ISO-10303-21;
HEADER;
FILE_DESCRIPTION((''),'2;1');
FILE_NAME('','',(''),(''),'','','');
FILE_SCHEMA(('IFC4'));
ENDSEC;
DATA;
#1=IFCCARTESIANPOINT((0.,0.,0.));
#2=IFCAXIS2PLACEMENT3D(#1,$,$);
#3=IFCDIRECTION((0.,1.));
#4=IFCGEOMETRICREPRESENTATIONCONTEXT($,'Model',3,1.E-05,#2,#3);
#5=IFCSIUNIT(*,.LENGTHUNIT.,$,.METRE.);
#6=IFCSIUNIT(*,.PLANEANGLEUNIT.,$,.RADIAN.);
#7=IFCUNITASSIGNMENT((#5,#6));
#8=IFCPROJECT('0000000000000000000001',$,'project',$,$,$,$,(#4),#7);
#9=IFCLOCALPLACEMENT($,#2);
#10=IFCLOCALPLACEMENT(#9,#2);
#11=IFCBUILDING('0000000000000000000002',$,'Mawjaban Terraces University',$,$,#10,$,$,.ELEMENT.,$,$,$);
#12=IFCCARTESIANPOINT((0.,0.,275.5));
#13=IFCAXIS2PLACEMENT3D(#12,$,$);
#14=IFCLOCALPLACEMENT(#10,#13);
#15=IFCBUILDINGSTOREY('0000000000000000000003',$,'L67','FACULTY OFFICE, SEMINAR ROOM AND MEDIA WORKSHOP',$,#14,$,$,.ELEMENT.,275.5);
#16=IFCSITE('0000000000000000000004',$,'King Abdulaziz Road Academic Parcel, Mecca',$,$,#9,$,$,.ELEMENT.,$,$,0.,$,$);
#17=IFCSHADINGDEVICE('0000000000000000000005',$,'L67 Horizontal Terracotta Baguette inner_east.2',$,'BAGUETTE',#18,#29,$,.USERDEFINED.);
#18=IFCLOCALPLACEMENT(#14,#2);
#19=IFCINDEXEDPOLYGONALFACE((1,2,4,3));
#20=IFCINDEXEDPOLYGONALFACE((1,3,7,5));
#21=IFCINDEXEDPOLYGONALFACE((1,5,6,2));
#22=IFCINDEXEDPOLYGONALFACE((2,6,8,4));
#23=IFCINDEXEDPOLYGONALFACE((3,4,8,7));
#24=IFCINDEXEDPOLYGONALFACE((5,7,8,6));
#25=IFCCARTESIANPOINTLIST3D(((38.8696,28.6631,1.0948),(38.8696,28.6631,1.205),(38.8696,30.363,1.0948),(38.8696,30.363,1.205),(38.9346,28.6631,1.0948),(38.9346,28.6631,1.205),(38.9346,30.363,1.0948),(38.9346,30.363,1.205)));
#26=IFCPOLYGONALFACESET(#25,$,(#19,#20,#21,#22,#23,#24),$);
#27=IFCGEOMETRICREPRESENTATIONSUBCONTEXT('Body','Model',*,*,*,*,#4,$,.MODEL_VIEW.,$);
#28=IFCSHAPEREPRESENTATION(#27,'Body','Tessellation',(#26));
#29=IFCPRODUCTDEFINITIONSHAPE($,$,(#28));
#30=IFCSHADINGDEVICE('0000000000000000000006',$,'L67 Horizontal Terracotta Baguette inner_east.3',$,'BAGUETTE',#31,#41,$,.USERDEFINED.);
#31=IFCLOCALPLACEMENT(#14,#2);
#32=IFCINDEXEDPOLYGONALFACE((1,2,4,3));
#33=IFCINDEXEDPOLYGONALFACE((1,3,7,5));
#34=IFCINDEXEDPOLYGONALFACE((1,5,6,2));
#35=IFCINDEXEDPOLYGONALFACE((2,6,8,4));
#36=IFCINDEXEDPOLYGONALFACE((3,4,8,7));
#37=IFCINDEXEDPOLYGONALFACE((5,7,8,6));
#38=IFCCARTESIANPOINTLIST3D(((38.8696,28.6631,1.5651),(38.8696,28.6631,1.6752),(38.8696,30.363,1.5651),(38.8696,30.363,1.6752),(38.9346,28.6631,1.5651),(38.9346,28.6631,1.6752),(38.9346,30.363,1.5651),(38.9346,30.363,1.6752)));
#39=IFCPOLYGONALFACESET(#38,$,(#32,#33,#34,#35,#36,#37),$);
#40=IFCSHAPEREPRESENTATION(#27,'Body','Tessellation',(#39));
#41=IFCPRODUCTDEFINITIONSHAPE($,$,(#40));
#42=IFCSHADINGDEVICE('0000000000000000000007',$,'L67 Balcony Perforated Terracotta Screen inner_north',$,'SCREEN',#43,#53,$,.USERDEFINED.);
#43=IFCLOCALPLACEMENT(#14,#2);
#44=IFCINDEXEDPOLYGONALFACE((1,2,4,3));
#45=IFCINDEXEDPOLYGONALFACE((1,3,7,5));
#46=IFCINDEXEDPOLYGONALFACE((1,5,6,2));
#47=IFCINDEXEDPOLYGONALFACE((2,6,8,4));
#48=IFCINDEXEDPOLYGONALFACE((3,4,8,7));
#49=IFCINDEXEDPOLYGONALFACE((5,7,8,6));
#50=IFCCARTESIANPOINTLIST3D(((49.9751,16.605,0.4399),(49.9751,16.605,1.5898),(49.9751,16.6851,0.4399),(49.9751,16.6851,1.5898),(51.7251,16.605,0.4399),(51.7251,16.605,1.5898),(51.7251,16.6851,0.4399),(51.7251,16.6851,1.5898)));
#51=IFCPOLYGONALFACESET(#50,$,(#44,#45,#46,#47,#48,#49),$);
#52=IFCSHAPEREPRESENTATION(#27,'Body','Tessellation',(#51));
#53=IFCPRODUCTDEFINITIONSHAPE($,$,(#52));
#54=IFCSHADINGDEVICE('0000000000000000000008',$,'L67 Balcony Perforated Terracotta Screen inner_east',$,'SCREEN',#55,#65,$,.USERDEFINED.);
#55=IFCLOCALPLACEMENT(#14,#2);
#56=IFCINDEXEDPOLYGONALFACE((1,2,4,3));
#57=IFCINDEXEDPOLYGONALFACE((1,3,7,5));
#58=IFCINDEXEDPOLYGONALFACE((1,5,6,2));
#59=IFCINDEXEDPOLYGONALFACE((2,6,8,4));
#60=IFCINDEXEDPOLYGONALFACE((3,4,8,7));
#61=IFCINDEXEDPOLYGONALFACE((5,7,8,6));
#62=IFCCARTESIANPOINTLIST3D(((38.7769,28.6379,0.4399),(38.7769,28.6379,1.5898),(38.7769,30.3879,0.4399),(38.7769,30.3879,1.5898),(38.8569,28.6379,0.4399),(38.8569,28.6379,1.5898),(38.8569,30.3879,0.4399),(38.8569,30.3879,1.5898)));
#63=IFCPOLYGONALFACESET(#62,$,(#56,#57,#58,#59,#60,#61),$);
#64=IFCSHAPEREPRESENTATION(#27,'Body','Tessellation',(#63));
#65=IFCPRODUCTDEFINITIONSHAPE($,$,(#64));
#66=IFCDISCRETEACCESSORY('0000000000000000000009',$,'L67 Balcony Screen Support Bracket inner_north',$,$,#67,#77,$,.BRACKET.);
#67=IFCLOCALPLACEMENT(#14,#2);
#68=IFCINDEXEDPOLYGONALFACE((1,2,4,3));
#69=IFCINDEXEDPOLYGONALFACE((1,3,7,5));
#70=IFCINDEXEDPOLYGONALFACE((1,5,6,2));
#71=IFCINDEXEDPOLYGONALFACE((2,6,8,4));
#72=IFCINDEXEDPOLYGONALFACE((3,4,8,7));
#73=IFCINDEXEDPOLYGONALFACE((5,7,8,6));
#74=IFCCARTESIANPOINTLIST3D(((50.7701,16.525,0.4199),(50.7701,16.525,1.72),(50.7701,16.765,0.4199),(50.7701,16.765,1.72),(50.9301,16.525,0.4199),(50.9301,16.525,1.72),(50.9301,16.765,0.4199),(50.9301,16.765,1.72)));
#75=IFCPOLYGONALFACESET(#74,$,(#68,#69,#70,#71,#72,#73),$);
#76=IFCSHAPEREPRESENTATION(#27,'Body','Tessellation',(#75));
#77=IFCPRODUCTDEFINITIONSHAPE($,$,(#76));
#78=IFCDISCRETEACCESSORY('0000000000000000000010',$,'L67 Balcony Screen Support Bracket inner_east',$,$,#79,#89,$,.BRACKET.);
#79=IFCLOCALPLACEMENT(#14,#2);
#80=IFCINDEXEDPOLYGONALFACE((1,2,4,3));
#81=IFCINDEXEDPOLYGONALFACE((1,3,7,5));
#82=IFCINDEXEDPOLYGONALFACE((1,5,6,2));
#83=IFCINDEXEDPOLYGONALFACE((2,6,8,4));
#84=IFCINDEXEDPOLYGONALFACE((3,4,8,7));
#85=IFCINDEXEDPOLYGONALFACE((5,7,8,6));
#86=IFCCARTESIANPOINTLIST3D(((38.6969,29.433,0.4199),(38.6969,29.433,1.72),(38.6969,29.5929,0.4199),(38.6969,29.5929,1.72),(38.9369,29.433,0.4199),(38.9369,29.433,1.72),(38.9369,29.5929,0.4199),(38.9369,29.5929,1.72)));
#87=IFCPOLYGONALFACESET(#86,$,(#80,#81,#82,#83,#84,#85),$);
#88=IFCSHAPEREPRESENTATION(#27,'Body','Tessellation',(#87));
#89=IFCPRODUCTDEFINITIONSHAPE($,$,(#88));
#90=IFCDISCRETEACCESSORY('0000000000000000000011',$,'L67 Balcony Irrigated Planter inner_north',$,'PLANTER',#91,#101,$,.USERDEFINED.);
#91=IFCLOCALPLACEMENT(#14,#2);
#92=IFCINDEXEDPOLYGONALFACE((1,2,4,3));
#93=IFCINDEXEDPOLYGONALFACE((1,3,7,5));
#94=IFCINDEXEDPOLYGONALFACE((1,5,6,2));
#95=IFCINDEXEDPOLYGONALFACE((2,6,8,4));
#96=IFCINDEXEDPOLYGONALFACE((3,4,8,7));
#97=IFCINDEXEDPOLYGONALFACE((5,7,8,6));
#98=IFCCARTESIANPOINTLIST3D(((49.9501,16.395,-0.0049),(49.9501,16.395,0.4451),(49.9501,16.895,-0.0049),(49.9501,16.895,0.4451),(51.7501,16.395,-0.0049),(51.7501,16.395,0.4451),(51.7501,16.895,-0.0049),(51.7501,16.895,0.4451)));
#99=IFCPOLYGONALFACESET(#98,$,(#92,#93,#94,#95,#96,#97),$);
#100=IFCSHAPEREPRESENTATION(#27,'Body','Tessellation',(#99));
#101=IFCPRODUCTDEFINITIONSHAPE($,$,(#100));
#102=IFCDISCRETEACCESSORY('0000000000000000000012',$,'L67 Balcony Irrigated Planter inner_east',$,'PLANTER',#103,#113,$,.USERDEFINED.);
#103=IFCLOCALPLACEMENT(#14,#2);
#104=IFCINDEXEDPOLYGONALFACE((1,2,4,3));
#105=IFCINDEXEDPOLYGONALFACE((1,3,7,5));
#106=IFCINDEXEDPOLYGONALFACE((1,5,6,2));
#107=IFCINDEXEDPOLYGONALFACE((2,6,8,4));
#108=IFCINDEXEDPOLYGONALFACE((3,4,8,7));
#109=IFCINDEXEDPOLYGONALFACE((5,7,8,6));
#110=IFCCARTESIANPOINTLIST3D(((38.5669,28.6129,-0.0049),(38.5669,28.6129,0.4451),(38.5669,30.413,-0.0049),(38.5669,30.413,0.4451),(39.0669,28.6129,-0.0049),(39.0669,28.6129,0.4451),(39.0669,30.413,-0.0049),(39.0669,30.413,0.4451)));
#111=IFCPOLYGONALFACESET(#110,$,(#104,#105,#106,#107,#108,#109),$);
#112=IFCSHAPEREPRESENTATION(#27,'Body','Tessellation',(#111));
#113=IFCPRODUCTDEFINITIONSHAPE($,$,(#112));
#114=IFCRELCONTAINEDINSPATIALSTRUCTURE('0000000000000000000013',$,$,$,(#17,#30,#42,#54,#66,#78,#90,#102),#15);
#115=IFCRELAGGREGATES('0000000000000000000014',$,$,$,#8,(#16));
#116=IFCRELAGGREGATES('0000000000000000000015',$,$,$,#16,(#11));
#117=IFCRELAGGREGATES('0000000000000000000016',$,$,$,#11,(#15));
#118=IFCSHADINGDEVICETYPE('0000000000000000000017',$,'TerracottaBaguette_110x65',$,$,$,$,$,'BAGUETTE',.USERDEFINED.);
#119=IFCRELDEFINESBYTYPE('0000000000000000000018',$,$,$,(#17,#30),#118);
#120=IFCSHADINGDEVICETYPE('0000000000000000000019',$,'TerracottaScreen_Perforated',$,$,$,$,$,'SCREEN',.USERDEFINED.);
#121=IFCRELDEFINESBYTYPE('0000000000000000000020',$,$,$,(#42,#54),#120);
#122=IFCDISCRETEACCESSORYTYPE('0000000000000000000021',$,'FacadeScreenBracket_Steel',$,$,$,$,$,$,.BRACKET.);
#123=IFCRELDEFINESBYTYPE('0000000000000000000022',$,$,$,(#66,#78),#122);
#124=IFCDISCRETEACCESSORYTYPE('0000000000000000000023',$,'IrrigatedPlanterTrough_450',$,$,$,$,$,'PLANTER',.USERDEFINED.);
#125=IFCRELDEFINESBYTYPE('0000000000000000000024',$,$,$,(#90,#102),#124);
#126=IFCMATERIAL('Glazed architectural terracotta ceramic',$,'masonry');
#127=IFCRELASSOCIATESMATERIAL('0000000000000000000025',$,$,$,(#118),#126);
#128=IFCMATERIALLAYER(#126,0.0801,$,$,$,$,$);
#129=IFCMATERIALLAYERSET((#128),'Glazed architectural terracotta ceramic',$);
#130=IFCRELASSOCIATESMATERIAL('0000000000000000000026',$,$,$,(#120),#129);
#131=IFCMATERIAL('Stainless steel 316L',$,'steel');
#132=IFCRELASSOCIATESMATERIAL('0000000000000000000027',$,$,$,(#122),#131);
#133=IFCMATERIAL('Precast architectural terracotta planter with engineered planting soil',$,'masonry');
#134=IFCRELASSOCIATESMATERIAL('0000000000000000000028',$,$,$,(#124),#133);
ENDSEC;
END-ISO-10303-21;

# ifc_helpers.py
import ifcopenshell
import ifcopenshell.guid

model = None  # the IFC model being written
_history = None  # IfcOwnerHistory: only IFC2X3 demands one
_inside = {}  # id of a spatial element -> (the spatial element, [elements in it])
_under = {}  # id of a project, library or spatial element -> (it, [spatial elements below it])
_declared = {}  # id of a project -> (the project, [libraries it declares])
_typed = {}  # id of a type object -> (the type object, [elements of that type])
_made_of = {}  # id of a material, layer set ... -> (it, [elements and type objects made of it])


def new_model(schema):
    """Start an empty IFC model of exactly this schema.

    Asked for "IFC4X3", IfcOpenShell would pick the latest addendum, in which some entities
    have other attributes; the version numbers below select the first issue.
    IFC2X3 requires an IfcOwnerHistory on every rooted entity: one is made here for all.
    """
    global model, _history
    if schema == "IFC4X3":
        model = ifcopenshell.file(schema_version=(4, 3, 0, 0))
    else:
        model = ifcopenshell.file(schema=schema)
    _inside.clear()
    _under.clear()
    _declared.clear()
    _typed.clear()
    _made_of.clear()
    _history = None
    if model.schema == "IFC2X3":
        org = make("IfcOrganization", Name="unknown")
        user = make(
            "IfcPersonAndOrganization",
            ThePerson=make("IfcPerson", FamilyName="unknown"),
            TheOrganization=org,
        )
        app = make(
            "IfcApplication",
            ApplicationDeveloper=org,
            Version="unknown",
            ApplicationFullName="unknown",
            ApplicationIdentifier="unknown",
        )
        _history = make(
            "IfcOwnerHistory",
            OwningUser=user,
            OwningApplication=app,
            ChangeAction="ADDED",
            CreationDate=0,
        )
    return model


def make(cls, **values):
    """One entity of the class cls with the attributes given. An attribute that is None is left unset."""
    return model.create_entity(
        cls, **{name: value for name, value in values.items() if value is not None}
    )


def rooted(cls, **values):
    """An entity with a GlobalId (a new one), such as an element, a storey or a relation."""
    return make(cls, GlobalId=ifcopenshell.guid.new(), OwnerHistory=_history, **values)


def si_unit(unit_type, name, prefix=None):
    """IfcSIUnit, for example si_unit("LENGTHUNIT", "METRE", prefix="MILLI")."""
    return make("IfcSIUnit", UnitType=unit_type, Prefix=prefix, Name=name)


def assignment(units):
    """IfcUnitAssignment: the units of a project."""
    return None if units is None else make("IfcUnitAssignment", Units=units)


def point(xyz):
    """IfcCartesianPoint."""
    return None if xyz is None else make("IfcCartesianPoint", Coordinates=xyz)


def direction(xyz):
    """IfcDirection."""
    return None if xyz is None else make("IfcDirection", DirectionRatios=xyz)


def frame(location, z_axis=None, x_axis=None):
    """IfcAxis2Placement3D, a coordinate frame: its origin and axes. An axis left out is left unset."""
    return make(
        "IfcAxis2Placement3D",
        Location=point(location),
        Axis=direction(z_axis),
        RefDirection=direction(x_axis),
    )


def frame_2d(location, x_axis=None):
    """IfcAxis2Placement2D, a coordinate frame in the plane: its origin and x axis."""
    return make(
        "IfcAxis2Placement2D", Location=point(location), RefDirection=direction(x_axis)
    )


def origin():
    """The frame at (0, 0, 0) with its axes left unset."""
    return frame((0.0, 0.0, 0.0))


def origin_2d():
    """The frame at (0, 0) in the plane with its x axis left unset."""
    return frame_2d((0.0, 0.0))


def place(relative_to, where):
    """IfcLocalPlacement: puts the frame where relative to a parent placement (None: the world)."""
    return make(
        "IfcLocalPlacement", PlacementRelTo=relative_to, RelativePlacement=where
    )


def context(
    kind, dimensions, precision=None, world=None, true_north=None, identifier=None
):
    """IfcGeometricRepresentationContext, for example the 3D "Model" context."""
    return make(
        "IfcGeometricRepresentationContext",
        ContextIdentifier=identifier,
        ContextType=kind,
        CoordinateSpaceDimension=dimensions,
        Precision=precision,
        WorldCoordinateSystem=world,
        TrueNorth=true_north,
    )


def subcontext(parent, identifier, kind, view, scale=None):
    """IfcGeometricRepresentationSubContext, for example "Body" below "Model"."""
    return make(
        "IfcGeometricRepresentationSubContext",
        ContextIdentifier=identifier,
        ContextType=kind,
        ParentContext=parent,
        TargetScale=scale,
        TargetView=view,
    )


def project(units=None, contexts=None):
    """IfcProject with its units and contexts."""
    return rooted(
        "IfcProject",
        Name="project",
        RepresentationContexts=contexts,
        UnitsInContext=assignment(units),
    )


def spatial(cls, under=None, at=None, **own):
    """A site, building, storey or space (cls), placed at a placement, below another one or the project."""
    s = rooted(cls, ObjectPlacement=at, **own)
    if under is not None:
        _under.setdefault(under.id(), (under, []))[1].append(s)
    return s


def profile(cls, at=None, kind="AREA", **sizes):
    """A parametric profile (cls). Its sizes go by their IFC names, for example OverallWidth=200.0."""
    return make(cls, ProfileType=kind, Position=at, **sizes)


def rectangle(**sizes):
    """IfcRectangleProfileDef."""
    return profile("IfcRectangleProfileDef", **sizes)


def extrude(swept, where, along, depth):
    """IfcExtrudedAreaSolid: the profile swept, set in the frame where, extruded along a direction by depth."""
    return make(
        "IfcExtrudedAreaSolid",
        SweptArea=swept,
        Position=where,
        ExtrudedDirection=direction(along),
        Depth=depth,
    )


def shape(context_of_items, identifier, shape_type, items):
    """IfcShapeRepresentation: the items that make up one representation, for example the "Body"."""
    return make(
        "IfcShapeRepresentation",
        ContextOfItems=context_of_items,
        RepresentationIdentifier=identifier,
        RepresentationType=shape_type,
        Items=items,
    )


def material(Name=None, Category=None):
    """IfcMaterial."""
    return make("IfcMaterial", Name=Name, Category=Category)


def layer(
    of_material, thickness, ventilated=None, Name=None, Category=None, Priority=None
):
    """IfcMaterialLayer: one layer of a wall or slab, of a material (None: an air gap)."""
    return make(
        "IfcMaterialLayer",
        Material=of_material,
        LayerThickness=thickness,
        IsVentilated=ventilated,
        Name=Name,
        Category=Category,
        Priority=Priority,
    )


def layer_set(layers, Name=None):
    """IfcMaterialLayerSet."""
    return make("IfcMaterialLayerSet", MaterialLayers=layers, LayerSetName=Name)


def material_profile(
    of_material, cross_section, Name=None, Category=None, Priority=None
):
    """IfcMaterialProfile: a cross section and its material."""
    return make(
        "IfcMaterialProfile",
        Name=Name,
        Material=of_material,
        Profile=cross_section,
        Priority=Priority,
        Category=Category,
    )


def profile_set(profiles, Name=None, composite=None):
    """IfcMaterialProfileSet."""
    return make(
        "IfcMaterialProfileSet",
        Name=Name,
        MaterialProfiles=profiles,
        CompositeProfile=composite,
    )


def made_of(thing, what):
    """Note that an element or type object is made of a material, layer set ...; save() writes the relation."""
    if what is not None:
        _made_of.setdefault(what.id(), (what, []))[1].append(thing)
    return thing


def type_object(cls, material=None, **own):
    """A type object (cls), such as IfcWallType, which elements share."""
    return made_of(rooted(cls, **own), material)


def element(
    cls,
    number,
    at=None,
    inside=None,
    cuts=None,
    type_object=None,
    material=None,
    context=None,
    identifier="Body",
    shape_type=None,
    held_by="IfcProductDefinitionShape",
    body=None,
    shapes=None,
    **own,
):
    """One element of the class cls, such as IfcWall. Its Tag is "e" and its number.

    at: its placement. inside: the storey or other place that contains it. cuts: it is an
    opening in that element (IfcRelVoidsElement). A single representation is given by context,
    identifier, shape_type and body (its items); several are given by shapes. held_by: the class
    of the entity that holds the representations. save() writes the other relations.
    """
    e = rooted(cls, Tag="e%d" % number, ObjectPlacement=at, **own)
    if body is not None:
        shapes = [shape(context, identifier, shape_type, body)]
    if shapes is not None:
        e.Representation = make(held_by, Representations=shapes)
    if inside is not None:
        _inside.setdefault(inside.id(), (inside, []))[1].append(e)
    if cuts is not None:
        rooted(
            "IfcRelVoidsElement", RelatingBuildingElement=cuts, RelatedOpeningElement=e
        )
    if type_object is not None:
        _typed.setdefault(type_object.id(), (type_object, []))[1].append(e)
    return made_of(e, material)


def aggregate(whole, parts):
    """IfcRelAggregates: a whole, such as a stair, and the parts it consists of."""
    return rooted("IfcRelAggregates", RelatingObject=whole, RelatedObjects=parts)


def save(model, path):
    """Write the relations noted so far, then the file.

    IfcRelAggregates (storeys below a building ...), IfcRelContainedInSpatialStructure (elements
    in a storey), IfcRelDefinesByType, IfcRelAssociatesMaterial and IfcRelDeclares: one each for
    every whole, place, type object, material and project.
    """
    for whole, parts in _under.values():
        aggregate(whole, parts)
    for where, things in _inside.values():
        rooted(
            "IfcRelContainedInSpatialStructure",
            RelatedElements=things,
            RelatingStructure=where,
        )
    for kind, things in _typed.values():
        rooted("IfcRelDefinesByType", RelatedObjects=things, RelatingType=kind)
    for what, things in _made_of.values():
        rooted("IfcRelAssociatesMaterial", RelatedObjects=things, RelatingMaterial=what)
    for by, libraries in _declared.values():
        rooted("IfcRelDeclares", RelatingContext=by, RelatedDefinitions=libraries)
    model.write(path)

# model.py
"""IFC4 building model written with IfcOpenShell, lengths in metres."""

from ifc_helpers import new_model, si_unit, direction, frame, origin, origin_2d, place, context, subcontext, project, spatial, rectangle, extrude, material, layer, layer_set, material_profile, profile_set, type_object, element, save


model = new_model("IFC4")

# Units and contexts
model_context = context("Model", 3, precision=1e-05, world=origin(), true_north=direction((0.0, 1.0)))
body_context = subcontext(model_context, "Body", "Model", "MODEL_VIEW")
ifc_project = project(units=[si_unit("LENGTHUNIT", "METRE"), si_unit("PLANEANGLEUNIT", "RADIAN")], contexts=[model_context])

# Site, building, storey
site_placement = place(None, origin())
site = spatial("IfcSite", under=ifc_project, at=site_placement, Name="King Abdulaziz Road Academic Parcel, Mecca", CompositionType="ELEMENT", RefElevation=0.0)
building_placement = place(site_placement, origin())
building = spatial("IfcBuilding", under=site, at=building_placement, Name="Mawjaban Terraces University", CompositionType="ELEMENT")
storey_placement = place(building_placement, frame((0.0, 0.0, 275.5)))
storey = spatial("IfcBuildingStorey", under=building, at=storey_placement, Name="L67", Description="FACULTY OFFICE, SEMINAR ROOM AND MEDIA WORKSHOP", CompositionType="ELEMENT", Elevation=275.5)

# Shading devices
ifc_material_1 = material(Name="Glazed architectural terracotta ceramic", Category="masonry")
ifc_material_profile_1 = material_profile(ifc_material_1, rectangle(XDim=0.0649, YDim=0.1101, at=origin_2d()), Name="TBAG110X65")
ifc_profile_set_1 = profile_set([ifc_material_profile_1], Name="Glazed architectural terracotta ceramic")
shading_device_type_1 = type_object("IfcShadingDeviceType", Name="TerracottaBaguette_110x65", ElementType="BAGUETTE", PredefinedType="USERDEFINED", material=ifc_profile_set_1)
for number, where, z_axis, x_axis, name in (
    (1, (38.9021, 28.6631, 1.1499), (0.0, 1.0, 0.0), (-1.0, 0.0, 0.0), "L67 Horizontal Terracotta Baguette inner_east.2"),
    (2, (38.9021, 28.6631, 1.6201), (0.0, 1.0, 0.0), (-1.0, 0.0, 0.0), "L67 Horizontal Terracotta Baguette inner_east.3"),
):
    element("IfcShadingDevice", number, at=place(storey_placement, frame(where, z_axis=z_axis, x_axis=x_axis)), inside=storey, type_object=shading_device_type_1, Name=name, ObjectType="BAGUETTE", PredefinedType="USERDEFINED", context=body_context, shape_type="SweptSolid", body=[
        extrude(rectangle(XDim=0.0649, YDim=0.1101, at=origin_2d()), origin(), (0.0, 0.0, 1.0), 1.7),
    ])
ifc_layer_1 = layer(ifc_material_1, 0.0801)
ifc_layer_set_1 = layer_set([ifc_layer_1], Name="Glazed architectural terracotta ceramic")
shading_device_type_2 = type_object("IfcShadingDeviceType", Name="TerracottaScreen_Perforated", ElementType="SCREEN", PredefinedType="USERDEFINED", material=ifc_layer_set_1)
for number, where, z_axis, x_axis, name in (
    (3, (50.8501, 16.645, 0.4399), (0.0, 0.0, 1.0), (1.0, 0.0, 0.0), "L67 Balcony Perforated Terracotta Screen inner_north"),
    (4, (38.8169, 29.5129, 0.4399), (0.0, 0.0, 1.0), (0.0, 1.0, 0.0), "L67 Balcony Perforated Terracotta Screen inner_east"),
):
    element("IfcShadingDevice", number, at=place(storey_placement, frame(where, z_axis=z_axis, x_axis=x_axis)), inside=storey, type_object=shading_device_type_2, Name=name, ObjectType="SCREEN", PredefinedType="USERDEFINED", context=body_context, shape_type="SweptSolid", body=[
        extrude(rectangle(XDim=1.75, YDim=0.0801, at=origin_2d()), origin(), (0.0, 0.0, 1.0), 1.1499),
    ])

# Discrete accessories
ifc_material_2 = material(Name="Stainless steel 316L", Category="steel")
discrete_accessory_type_1 = type_object("IfcDiscreteAccessoryType", Name="FacadeScreenBracket_Steel", PredefinedType="BRACKET", material=ifc_material_2)
for number, where, z_axis, x_axis, name in (
    (5, (50.8501, 16.645, 0.4199), (0.0, 0.0, 1.0), (1.0, 0.0, 0.0), "L67 Balcony Screen Support Bracket inner_north"),
    (6, (38.8169, 29.5129, 0.4199), (0.0, 0.0, 1.0), (0.0, 1.0, 0.0), "L67 Balcony Screen Support Bracket inner_east"),
):
    element("IfcDiscreteAccessory", number, at=place(storey_placement, frame(where, z_axis=z_axis, x_axis=x_axis)), inside=storey, type_object=discrete_accessory_type_1, Name=name, PredefinedType="BRACKET", context=body_context, shape_type="SweptSolid", body=[
        extrude(rectangle(XDim=0.1599, YDim=0.24, at=origin_2d()), origin(), (0.0, 0.0, 1.0), 1.3),
    ])
ifc_material_3 = material(Name="Precast architectural terracotta planter with engineered planting soil", Category="masonry")
discrete_accessory_type_2 = type_object("IfcDiscreteAccessoryType", Name="IrrigatedPlanterTrough_450", ElementType="PLANTER", PredefinedType="USERDEFINED", material=ifc_material_3)
for number, where, z_axis, x_axis, name in (
    (7, (50.8501, 16.645, -0.0049), (0.0, 0.0, 1.0), (1.0, 0.0, 0.0), "L67 Balcony Irrigated Planter inner_north"),
    (8, (38.8169, 29.5129, -0.0049), (0.0, 0.0, 1.0), (0.0, 1.0, 0.0), "L67 Balcony Irrigated Planter inner_east"),
):
    element("IfcDiscreteAccessory", number, at=place(storey_placement, frame(where, z_axis=z_axis, x_axis=x_axis)), inside=storey, type_object=discrete_accessory_type_2, Name=name, ObjectType="PLANTER", PredefinedType="USERDEFINED", context=body_context, shape_type="SweptSolid", body=[
        extrude(rectangle(XDim=1.8, YDim=0.5, at=origin_2d()), origin(), (0.0, 0.0, 1.0), 0.45),
    ])

save(model, "model.ifc")
